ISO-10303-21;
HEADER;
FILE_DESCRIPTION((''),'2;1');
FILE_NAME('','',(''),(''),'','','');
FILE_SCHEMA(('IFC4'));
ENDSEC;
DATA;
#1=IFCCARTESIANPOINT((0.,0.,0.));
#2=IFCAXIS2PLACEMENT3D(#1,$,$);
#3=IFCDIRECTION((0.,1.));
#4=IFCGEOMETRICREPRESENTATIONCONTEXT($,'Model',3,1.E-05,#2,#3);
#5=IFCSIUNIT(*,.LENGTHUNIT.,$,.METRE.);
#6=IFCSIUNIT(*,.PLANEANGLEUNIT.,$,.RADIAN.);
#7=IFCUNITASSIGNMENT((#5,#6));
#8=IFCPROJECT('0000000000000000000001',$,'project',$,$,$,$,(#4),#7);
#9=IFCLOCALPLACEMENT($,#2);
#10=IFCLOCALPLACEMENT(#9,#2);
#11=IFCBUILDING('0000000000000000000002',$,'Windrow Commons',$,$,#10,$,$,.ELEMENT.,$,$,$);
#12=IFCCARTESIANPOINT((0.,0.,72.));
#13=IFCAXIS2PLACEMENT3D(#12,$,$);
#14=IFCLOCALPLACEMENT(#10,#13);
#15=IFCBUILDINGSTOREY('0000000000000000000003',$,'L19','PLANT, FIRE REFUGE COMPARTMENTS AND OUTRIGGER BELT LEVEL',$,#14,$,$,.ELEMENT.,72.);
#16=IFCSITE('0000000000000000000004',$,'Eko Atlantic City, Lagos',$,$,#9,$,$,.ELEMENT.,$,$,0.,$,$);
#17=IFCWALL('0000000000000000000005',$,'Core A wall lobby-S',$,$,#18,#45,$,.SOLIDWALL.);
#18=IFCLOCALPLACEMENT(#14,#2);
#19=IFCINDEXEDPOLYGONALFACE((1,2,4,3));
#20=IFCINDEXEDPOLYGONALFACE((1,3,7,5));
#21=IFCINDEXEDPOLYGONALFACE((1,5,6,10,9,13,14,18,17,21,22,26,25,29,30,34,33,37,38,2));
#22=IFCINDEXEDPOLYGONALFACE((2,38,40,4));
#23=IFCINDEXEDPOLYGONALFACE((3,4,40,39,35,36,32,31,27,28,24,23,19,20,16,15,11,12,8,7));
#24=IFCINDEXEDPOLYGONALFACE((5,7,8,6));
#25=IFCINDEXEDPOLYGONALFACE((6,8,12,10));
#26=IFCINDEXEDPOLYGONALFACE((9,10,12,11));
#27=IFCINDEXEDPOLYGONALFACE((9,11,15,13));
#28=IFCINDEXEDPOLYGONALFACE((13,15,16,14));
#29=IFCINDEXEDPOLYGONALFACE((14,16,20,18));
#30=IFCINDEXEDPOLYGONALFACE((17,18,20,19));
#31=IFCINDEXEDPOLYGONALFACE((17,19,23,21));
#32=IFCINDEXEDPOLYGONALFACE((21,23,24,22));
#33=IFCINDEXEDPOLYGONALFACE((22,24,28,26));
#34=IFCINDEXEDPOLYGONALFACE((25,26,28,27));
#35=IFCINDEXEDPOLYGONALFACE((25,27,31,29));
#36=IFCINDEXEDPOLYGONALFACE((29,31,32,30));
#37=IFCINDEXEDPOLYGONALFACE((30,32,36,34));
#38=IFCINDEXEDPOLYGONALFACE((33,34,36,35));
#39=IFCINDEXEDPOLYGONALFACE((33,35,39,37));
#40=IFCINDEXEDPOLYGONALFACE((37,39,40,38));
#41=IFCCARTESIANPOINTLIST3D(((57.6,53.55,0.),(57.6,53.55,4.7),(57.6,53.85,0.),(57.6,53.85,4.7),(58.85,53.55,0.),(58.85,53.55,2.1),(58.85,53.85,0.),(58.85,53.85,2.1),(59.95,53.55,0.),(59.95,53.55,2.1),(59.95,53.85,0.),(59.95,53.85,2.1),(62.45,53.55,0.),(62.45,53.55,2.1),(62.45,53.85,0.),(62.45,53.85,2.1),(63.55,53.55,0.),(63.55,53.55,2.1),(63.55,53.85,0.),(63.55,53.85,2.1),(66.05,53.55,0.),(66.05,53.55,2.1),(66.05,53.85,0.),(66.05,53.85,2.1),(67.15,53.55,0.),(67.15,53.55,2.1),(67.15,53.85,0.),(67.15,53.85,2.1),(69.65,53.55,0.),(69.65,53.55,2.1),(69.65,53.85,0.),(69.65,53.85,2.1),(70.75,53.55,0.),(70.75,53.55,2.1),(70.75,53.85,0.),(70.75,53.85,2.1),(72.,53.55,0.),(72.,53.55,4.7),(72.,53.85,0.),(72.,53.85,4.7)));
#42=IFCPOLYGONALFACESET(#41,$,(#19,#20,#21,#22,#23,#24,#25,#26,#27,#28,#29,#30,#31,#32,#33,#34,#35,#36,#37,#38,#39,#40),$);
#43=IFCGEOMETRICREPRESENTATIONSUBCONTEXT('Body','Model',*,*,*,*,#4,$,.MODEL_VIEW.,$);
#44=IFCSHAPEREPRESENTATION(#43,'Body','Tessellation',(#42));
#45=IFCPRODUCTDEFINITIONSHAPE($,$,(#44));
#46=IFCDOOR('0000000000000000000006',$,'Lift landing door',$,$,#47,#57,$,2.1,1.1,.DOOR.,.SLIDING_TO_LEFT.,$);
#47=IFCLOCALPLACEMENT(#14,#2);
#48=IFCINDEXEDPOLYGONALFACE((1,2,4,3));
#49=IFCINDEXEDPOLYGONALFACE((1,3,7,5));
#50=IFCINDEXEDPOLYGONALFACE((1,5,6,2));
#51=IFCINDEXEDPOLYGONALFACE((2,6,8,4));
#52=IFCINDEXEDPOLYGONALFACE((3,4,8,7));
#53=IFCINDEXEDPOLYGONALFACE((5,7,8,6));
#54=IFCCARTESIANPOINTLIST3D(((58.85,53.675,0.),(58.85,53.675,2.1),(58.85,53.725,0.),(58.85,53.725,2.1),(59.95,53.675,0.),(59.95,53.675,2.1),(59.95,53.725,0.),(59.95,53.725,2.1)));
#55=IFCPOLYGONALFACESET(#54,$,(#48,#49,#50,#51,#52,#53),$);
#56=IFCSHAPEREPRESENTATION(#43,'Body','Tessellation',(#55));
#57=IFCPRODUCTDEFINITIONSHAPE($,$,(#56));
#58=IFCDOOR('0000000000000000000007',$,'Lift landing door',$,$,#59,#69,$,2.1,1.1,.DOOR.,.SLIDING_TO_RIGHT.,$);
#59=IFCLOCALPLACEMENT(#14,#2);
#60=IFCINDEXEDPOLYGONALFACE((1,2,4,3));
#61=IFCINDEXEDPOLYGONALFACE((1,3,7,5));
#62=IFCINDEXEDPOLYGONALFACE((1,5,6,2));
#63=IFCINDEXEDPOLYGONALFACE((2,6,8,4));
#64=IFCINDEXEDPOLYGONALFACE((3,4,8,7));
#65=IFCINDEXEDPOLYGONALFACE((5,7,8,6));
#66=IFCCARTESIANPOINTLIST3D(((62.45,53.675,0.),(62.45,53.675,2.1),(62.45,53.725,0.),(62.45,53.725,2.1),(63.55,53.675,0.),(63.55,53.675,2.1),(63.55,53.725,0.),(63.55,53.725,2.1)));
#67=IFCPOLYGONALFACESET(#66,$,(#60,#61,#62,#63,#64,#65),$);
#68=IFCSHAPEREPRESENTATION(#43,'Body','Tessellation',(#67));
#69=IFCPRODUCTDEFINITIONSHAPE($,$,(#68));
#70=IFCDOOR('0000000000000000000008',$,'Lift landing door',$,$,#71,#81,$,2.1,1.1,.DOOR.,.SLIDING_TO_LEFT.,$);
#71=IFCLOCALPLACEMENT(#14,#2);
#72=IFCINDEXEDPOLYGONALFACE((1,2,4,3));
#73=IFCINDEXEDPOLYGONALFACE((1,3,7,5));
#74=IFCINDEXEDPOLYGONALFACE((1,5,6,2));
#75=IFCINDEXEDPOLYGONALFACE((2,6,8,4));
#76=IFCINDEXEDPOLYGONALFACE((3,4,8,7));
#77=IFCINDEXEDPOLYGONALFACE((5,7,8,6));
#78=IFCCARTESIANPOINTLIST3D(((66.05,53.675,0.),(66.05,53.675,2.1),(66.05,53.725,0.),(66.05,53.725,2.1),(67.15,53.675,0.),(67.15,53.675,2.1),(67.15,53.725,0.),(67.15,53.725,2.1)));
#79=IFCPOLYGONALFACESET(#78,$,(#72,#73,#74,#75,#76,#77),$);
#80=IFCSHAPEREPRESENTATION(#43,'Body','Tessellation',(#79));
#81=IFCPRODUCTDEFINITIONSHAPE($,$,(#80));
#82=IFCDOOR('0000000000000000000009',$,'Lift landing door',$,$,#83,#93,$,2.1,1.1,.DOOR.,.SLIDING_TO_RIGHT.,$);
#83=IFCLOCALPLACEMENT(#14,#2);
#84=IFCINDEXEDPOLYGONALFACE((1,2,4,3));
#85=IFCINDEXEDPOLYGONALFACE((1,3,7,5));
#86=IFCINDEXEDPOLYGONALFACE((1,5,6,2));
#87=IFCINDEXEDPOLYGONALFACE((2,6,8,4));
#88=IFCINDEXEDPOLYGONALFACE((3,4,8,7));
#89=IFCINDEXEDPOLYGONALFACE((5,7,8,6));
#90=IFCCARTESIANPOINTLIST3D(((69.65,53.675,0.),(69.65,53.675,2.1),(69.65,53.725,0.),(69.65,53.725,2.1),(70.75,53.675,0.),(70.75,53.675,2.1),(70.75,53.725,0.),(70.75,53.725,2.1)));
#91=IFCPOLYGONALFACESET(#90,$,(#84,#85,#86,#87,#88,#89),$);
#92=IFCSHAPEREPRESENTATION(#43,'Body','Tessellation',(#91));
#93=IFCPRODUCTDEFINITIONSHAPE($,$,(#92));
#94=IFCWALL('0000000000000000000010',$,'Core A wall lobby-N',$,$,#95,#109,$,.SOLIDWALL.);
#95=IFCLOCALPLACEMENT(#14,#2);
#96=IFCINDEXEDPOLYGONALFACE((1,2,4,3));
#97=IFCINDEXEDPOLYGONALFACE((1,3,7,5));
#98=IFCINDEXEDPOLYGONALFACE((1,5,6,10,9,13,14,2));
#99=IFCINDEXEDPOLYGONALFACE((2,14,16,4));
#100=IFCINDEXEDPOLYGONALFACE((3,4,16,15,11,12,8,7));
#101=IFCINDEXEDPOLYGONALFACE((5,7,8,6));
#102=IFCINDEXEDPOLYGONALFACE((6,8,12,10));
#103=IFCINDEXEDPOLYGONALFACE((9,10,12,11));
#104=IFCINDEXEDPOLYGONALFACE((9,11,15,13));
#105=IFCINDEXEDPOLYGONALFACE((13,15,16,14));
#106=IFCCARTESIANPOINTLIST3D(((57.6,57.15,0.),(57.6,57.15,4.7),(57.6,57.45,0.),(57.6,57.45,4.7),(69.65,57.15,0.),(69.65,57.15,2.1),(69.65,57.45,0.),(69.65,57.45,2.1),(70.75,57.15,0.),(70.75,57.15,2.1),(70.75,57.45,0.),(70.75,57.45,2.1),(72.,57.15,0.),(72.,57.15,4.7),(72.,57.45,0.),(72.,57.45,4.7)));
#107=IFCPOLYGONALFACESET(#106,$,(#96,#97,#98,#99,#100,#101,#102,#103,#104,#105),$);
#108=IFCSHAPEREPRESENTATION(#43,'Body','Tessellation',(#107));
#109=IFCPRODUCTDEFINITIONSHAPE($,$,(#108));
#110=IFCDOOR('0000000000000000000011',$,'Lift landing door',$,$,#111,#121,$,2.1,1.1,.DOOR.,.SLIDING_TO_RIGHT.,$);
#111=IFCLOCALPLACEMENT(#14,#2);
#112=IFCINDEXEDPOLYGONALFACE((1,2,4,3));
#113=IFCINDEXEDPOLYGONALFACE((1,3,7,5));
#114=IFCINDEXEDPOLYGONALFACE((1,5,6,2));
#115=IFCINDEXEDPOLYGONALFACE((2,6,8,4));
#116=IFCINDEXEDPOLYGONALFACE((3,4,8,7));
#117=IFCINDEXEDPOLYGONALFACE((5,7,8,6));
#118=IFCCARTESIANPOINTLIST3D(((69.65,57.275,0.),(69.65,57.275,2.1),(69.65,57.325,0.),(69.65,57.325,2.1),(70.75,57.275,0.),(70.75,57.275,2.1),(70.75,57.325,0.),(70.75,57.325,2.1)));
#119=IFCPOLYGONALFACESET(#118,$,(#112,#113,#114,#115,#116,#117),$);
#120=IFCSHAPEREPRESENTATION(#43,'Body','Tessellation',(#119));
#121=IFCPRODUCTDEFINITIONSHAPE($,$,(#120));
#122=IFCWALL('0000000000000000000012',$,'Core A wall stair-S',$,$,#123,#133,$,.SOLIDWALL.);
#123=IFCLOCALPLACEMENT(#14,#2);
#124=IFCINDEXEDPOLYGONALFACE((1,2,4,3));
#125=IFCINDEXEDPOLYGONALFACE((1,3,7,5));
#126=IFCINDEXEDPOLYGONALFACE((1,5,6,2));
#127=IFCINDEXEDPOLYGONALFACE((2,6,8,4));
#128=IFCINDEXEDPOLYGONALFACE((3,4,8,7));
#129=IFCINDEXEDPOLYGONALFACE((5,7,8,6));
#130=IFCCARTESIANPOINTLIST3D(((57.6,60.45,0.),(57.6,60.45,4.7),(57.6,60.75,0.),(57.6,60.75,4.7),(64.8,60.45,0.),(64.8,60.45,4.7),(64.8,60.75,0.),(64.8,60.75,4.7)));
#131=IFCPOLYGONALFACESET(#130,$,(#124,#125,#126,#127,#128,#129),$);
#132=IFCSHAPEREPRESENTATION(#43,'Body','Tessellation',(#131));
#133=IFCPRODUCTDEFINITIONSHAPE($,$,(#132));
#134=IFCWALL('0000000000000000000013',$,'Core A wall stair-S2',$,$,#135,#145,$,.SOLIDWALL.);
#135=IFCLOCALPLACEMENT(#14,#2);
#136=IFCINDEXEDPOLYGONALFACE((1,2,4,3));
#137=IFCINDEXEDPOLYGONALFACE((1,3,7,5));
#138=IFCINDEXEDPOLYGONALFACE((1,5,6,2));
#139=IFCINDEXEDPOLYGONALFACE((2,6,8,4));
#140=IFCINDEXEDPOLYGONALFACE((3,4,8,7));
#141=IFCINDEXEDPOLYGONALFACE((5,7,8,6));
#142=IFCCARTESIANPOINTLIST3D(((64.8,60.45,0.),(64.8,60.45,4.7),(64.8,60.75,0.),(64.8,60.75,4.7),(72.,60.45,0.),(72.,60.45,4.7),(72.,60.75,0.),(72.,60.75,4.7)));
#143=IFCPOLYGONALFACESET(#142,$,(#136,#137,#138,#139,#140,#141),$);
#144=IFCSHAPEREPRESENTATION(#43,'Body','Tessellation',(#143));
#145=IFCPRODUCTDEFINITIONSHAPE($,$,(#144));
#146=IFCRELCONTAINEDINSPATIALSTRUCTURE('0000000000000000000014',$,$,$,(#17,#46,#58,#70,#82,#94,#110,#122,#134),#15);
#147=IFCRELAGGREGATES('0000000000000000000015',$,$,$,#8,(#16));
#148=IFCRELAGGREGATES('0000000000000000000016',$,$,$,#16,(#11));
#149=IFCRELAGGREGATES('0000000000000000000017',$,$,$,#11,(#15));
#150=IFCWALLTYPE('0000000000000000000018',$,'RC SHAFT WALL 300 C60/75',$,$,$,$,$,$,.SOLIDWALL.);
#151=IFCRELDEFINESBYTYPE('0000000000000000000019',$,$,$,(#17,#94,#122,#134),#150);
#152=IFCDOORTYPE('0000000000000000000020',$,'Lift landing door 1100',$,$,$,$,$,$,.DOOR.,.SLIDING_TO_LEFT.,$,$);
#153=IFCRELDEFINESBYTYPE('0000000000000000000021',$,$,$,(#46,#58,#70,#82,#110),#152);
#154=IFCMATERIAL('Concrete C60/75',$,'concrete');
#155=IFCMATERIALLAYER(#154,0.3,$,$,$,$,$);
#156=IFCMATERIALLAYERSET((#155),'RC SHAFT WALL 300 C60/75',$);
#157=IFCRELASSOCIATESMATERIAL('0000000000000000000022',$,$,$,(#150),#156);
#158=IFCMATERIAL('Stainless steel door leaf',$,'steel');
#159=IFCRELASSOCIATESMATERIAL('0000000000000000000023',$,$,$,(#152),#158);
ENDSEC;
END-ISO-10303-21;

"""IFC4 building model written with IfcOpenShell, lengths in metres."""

from ifc_helpers import new_model, si_unit, direction, frame, frame_2d, origin, place, context, subcontext, project, spatial, rectangle, extrude, material, layer, layer_set, type_object, element, fill, save


model = new_model("IFC4")

# Units and contexts
model_context = context("Model", 3, precision=1e-05, world=origin(), true_north=direction((0.0, 1.0)))
body_context = subcontext(model_context, "Body", "Model", "MODEL_VIEW")
ifc_project = project(units=[si_unit("LENGTHUNIT", "METRE"), si_unit("PLANEANGLEUNIT", "RADIAN")], contexts=[model_context])

# Site, building, storey
site_placement = place(None, origin())
site = spatial("IfcSite", under=ifc_project, at=site_placement, Name="Eko Atlantic City, Lagos", CompositionType="ELEMENT", RefElevation=0.0)
building_placement = place(site_placement, origin())
building = spatial("IfcBuilding", under=site, at=building_placement, Name="Windrow Commons", CompositionType="ELEMENT")
storey_placement = place(building_placement, frame((0.0, 0.0, 72.0)))
storey = spatial("IfcBuildingStorey", under=building, at=storey_placement, Name="L19", Description="PLANT, FIRE REFUGE COMPARTMENTS AND OUTRIGGER BELT LEVEL", CompositionType="ELEMENT", Elevation=72.0)

# Shared definitions
ifc_material_1 = material(Name="Concrete C60/75", Category="concrete")
ifc_layer_1 = layer(ifc_material_1, 0.3)
ifc_layer_set_1 = layer_set([ifc_layer_1], Name="RC SHAFT WALL 300 C60/75")
wall_type_1 = type_object("IfcWallType", Name="RC SHAFT WALL 300 C60/75", PredefinedType="SOLIDWALL", material=ifc_layer_set_1)

# Wall, openings, doors
wall_1_placement = place(storey_placement, frame((57.6, 53.7, 0.0), z_axis=(0.0, 0.0, 1.0), x_axis=(1.0, 0.0, 0.0)))
wall_1 = element("IfcWall", 1, at=wall_1_placement, inside=storey, type_object=wall_type_1, Name="Core A wall lobby-S", PredefinedType="SOLIDWALL", context=body_context, shape_type="SweptSolid", body=[
    extrude(rectangle(XDim=14.4, YDim=0.3, at=frame_2d((7.2, 0.0))), origin(), (0.0, 0.0, 1.0), 4.7),
])
opening_1_placement = place(wall_1_placement, frame((1.25, 0.0, 0.0)))
opening_1 = element("IfcOpeningElement", 2, at=opening_1_placement, cuts=wall_1, PredefinedType="OPENING", context=body_context, shape_type="SweptSolid", body=[
    extrude(rectangle(XDim=1.1, YDim=2.1, at=frame_2d((0.55, 1.05))), frame((0.0, 0.16, 0.0), z_axis=(0.0, -1.0, 0.0), x_axis=(1.0, 0.0, 0.0)), (0.0, 0.0, 1.0), 0.32),
])
opening_2_placement = place(wall_1_placement, frame((4.85, 0.0, 0.0)))
opening_2 = element("IfcOpeningElement", 3, at=opening_2_placement, cuts=wall_1, PredefinedType="OPENING", context=body_context, shape_type="SweptSolid", body=[
    extrude(rectangle(XDim=1.1, YDim=2.1, at=frame_2d((0.55, 1.05))), frame((0.0, 0.16, 0.0), z_axis=(0.0, -1.0, 0.0), x_axis=(1.0, 0.0, 0.0)), (0.0, 0.0, 1.0), 0.32),
])
opening_3_placement = place(wall_1_placement, frame((8.45, 0.0, 0.0)))
opening_3 = element("IfcOpeningElement", 4, at=opening_3_placement, cuts=wall_1, PredefinedType="OPENING", context=body_context, shape_type="SweptSolid", body=[
    extrude(rectangle(XDim=1.1, YDim=2.1, at=frame_2d((0.55, 1.05))), frame((0.0, 0.16, 0.0), z_axis=(0.0, -1.0, 0.0), x_axis=(1.0, 0.0, 0.0)), (0.0, 0.0, 1.0), 0.32),
])
opening_4_placement = place(wall_1_placement, frame((12.05, 0.0, 0.0)))
opening_4 = element("IfcOpeningElement", 5, at=opening_4_placement, cuts=wall_1, PredefinedType="OPENING", context=body_context, shape_type="SweptSolid", body=[
    extrude(rectangle(XDim=1.1, YDim=2.1, at=frame_2d((0.55, 1.05))), frame((0.0, 0.16, 0.0), z_axis=(0.0, -1.0, 0.0), x_axis=(1.0, 0.0, 0.0)), (0.0, 0.0, 1.0), 0.32),
])
ifc_material_2 = material(Name="Stainless steel door leaf", Category="steel")
door_type_1 = type_object("IfcDoorType", Name="Lift landing door 1100", OperationType="SLIDING_TO_LEFT", PredefinedType="DOOR", material=ifc_material_2)
door_1_placement = place(opening_1_placement, origin())
door_1 = element("IfcDoor", 6, at=door_1_placement, inside=storey, type_object=door_type_1, Name="Lift landing door", OperationType="SLIDING_TO_LEFT", OverallHeight=2.1, OverallWidth=1.1, PredefinedType="DOOR", context=body_context, shape_type="SweptSolid", body=[
    extrude(rectangle(XDim=1.1, YDim=2.1, at=frame_2d((0.55, 1.05))), frame((0.0, 0.025, 0.0), z_axis=(0.0, -1.0, 0.0), x_axis=(1.0, 0.0, 0.0)), (0.0, 0.0, 1.0), 0.05),
])
fill(opening_1, door_1)
door_2_placement = place(opening_2_placement, origin())
door_2 = element("IfcDoor", 7, at=door_2_placement, inside=storey, type_object=door_type_1, Name="Lift landing door", OperationType="SLIDING_TO_RIGHT", OverallHeight=2.1, OverallWidth=1.1, PredefinedType="DOOR", context=body_context, shape_type="SweptSolid", body=[
    extrude(rectangle(XDim=1.1, YDim=2.1, at=frame_2d((0.55, 1.05))), frame((0.0, 0.025, 0.0), z_axis=(0.0, -1.0, 0.0), x_axis=(1.0, 0.0, 0.0)), (0.0, 0.0, 1.0), 0.05),
])
fill(opening_2, door_2)
door_3_placement = place(opening_3_placement, origin())
door_3 = element("IfcDoor", 8, at=door_3_placement, inside=storey, type_object=door_type_1, Name="Lift landing door", OperationType="SLIDING_TO_LEFT", OverallHeight=2.1, OverallWidth=1.1, PredefinedType="DOOR", context=body_context, shape_type="SweptSolid", body=[
    extrude(rectangle(XDim=1.1, YDim=2.1, at=frame_2d((0.55, 1.05))), frame((0.0, 0.025, 0.0), z_axis=(0.0, -1.0, 0.0), x_axis=(1.0, 0.0, 0.0)), (0.0, 0.0, 1.0), 0.05),
])
fill(opening_3, door_3)
door_4_placement = place(opening_4_placement, origin())
door_4 = element("IfcDoor", 9, at=door_4_placement, inside=storey, type_object=door_type_1, Name="Lift landing door", OperationType="SLIDING_TO_RIGHT", OverallHeight=2.1, OverallWidth=1.1, PredefinedType="DOOR", context=body_context, shape_type="SweptSolid", body=[
    extrude(rectangle(XDim=1.1, YDim=2.1, at=frame_2d((0.55, 1.05))), frame((0.0, 0.025, 0.0), z_axis=(0.0, -1.0, 0.0), x_axis=(1.0, 0.0, 0.0)), (0.0, 0.0, 1.0), 0.05),
])
fill(opening_4, door_4)

# Wall, opening, door
wall_2_placement = place(storey_placement, frame((57.6, 57.3, 0.0), z_axis=(0.0, 0.0, 1.0), x_axis=(1.0, 0.0, 0.0)))
wall_2 = element("IfcWall", 10, at=wall_2_placement, inside=storey, type_object=wall_type_1, Name="Core A wall lobby-N", PredefinedType="SOLIDWALL", context=body_context, shape_type="SweptSolid", body=[
    extrude(rectangle(XDim=14.4, YDim=0.3, at=frame_2d((7.2, 0.0))), origin(), (0.0, 0.0, 1.0), 4.7),
])
opening_5_placement = place(wall_2_placement, frame((12.05, 0.0, 0.0)))
opening_5 = element("IfcOpeningElement", 11, at=opening_5_placement, cuts=wall_2, PredefinedType="OPENING", context=body_context, shape_type="SweptSolid", body=[
    extrude(rectangle(XDim=1.1, YDim=2.1, at=frame_2d((0.55, 1.05))), frame((0.0, 0.16, 0.0), z_axis=(0.0, -1.0, 0.0), x_axis=(1.0, 0.0, 0.0)), (0.0, 0.0, 1.0), 0.32),
])
door_5_placement = place(opening_5_placement, origin())
door_5 = element("IfcDoor", 12, at=door_5_placement, inside=storey, type_object=door_type_1, Name="Lift landing door", OperationType="SLIDING_TO_RIGHT", OverallHeight=2.1, OverallWidth=1.1, PredefinedType="DOOR", context=body_context, shape_type="SweptSolid", body=[
    extrude(rectangle(XDim=1.1, YDim=2.1, at=frame_2d((0.55, 1.05))), frame((0.0, 0.025, 0.0), z_axis=(0.0, -1.0, 0.0), x_axis=(1.0, 0.0, 0.0)), (0.0, 0.0, 1.0), 0.05),
])
fill(opening_5, door_5)

# Walls
for number, where, z_axis, x_axis, name in (
    (13, (57.6, 60.6, 0.0), (0.0, 0.0, 1.0), (1.0, 0.0, 0.0), "Core A wall stair-S"),
    (14, (64.8, 60.6, 0.0), (0.0, 0.0, 1.0), (1.0, 0.0, 0.0), "Core A wall stair-S2"),
):
    element("IfcWall", number, at=place(storey_placement, frame(where, z_axis=z_axis, x_axis=x_axis)), inside=storey, type_object=wall_type_1, Name=name, PredefinedType="SOLIDWALL", context=body_context, shape_type="SweptSolid", body=[
        extrude(rectangle(XDim=7.2, YDim=0.3, at=frame_2d((3.6, 0.0))), origin(), (0.0, 0.0, 1.0), 4.7),
    ])

save(model, "model.ifc")
